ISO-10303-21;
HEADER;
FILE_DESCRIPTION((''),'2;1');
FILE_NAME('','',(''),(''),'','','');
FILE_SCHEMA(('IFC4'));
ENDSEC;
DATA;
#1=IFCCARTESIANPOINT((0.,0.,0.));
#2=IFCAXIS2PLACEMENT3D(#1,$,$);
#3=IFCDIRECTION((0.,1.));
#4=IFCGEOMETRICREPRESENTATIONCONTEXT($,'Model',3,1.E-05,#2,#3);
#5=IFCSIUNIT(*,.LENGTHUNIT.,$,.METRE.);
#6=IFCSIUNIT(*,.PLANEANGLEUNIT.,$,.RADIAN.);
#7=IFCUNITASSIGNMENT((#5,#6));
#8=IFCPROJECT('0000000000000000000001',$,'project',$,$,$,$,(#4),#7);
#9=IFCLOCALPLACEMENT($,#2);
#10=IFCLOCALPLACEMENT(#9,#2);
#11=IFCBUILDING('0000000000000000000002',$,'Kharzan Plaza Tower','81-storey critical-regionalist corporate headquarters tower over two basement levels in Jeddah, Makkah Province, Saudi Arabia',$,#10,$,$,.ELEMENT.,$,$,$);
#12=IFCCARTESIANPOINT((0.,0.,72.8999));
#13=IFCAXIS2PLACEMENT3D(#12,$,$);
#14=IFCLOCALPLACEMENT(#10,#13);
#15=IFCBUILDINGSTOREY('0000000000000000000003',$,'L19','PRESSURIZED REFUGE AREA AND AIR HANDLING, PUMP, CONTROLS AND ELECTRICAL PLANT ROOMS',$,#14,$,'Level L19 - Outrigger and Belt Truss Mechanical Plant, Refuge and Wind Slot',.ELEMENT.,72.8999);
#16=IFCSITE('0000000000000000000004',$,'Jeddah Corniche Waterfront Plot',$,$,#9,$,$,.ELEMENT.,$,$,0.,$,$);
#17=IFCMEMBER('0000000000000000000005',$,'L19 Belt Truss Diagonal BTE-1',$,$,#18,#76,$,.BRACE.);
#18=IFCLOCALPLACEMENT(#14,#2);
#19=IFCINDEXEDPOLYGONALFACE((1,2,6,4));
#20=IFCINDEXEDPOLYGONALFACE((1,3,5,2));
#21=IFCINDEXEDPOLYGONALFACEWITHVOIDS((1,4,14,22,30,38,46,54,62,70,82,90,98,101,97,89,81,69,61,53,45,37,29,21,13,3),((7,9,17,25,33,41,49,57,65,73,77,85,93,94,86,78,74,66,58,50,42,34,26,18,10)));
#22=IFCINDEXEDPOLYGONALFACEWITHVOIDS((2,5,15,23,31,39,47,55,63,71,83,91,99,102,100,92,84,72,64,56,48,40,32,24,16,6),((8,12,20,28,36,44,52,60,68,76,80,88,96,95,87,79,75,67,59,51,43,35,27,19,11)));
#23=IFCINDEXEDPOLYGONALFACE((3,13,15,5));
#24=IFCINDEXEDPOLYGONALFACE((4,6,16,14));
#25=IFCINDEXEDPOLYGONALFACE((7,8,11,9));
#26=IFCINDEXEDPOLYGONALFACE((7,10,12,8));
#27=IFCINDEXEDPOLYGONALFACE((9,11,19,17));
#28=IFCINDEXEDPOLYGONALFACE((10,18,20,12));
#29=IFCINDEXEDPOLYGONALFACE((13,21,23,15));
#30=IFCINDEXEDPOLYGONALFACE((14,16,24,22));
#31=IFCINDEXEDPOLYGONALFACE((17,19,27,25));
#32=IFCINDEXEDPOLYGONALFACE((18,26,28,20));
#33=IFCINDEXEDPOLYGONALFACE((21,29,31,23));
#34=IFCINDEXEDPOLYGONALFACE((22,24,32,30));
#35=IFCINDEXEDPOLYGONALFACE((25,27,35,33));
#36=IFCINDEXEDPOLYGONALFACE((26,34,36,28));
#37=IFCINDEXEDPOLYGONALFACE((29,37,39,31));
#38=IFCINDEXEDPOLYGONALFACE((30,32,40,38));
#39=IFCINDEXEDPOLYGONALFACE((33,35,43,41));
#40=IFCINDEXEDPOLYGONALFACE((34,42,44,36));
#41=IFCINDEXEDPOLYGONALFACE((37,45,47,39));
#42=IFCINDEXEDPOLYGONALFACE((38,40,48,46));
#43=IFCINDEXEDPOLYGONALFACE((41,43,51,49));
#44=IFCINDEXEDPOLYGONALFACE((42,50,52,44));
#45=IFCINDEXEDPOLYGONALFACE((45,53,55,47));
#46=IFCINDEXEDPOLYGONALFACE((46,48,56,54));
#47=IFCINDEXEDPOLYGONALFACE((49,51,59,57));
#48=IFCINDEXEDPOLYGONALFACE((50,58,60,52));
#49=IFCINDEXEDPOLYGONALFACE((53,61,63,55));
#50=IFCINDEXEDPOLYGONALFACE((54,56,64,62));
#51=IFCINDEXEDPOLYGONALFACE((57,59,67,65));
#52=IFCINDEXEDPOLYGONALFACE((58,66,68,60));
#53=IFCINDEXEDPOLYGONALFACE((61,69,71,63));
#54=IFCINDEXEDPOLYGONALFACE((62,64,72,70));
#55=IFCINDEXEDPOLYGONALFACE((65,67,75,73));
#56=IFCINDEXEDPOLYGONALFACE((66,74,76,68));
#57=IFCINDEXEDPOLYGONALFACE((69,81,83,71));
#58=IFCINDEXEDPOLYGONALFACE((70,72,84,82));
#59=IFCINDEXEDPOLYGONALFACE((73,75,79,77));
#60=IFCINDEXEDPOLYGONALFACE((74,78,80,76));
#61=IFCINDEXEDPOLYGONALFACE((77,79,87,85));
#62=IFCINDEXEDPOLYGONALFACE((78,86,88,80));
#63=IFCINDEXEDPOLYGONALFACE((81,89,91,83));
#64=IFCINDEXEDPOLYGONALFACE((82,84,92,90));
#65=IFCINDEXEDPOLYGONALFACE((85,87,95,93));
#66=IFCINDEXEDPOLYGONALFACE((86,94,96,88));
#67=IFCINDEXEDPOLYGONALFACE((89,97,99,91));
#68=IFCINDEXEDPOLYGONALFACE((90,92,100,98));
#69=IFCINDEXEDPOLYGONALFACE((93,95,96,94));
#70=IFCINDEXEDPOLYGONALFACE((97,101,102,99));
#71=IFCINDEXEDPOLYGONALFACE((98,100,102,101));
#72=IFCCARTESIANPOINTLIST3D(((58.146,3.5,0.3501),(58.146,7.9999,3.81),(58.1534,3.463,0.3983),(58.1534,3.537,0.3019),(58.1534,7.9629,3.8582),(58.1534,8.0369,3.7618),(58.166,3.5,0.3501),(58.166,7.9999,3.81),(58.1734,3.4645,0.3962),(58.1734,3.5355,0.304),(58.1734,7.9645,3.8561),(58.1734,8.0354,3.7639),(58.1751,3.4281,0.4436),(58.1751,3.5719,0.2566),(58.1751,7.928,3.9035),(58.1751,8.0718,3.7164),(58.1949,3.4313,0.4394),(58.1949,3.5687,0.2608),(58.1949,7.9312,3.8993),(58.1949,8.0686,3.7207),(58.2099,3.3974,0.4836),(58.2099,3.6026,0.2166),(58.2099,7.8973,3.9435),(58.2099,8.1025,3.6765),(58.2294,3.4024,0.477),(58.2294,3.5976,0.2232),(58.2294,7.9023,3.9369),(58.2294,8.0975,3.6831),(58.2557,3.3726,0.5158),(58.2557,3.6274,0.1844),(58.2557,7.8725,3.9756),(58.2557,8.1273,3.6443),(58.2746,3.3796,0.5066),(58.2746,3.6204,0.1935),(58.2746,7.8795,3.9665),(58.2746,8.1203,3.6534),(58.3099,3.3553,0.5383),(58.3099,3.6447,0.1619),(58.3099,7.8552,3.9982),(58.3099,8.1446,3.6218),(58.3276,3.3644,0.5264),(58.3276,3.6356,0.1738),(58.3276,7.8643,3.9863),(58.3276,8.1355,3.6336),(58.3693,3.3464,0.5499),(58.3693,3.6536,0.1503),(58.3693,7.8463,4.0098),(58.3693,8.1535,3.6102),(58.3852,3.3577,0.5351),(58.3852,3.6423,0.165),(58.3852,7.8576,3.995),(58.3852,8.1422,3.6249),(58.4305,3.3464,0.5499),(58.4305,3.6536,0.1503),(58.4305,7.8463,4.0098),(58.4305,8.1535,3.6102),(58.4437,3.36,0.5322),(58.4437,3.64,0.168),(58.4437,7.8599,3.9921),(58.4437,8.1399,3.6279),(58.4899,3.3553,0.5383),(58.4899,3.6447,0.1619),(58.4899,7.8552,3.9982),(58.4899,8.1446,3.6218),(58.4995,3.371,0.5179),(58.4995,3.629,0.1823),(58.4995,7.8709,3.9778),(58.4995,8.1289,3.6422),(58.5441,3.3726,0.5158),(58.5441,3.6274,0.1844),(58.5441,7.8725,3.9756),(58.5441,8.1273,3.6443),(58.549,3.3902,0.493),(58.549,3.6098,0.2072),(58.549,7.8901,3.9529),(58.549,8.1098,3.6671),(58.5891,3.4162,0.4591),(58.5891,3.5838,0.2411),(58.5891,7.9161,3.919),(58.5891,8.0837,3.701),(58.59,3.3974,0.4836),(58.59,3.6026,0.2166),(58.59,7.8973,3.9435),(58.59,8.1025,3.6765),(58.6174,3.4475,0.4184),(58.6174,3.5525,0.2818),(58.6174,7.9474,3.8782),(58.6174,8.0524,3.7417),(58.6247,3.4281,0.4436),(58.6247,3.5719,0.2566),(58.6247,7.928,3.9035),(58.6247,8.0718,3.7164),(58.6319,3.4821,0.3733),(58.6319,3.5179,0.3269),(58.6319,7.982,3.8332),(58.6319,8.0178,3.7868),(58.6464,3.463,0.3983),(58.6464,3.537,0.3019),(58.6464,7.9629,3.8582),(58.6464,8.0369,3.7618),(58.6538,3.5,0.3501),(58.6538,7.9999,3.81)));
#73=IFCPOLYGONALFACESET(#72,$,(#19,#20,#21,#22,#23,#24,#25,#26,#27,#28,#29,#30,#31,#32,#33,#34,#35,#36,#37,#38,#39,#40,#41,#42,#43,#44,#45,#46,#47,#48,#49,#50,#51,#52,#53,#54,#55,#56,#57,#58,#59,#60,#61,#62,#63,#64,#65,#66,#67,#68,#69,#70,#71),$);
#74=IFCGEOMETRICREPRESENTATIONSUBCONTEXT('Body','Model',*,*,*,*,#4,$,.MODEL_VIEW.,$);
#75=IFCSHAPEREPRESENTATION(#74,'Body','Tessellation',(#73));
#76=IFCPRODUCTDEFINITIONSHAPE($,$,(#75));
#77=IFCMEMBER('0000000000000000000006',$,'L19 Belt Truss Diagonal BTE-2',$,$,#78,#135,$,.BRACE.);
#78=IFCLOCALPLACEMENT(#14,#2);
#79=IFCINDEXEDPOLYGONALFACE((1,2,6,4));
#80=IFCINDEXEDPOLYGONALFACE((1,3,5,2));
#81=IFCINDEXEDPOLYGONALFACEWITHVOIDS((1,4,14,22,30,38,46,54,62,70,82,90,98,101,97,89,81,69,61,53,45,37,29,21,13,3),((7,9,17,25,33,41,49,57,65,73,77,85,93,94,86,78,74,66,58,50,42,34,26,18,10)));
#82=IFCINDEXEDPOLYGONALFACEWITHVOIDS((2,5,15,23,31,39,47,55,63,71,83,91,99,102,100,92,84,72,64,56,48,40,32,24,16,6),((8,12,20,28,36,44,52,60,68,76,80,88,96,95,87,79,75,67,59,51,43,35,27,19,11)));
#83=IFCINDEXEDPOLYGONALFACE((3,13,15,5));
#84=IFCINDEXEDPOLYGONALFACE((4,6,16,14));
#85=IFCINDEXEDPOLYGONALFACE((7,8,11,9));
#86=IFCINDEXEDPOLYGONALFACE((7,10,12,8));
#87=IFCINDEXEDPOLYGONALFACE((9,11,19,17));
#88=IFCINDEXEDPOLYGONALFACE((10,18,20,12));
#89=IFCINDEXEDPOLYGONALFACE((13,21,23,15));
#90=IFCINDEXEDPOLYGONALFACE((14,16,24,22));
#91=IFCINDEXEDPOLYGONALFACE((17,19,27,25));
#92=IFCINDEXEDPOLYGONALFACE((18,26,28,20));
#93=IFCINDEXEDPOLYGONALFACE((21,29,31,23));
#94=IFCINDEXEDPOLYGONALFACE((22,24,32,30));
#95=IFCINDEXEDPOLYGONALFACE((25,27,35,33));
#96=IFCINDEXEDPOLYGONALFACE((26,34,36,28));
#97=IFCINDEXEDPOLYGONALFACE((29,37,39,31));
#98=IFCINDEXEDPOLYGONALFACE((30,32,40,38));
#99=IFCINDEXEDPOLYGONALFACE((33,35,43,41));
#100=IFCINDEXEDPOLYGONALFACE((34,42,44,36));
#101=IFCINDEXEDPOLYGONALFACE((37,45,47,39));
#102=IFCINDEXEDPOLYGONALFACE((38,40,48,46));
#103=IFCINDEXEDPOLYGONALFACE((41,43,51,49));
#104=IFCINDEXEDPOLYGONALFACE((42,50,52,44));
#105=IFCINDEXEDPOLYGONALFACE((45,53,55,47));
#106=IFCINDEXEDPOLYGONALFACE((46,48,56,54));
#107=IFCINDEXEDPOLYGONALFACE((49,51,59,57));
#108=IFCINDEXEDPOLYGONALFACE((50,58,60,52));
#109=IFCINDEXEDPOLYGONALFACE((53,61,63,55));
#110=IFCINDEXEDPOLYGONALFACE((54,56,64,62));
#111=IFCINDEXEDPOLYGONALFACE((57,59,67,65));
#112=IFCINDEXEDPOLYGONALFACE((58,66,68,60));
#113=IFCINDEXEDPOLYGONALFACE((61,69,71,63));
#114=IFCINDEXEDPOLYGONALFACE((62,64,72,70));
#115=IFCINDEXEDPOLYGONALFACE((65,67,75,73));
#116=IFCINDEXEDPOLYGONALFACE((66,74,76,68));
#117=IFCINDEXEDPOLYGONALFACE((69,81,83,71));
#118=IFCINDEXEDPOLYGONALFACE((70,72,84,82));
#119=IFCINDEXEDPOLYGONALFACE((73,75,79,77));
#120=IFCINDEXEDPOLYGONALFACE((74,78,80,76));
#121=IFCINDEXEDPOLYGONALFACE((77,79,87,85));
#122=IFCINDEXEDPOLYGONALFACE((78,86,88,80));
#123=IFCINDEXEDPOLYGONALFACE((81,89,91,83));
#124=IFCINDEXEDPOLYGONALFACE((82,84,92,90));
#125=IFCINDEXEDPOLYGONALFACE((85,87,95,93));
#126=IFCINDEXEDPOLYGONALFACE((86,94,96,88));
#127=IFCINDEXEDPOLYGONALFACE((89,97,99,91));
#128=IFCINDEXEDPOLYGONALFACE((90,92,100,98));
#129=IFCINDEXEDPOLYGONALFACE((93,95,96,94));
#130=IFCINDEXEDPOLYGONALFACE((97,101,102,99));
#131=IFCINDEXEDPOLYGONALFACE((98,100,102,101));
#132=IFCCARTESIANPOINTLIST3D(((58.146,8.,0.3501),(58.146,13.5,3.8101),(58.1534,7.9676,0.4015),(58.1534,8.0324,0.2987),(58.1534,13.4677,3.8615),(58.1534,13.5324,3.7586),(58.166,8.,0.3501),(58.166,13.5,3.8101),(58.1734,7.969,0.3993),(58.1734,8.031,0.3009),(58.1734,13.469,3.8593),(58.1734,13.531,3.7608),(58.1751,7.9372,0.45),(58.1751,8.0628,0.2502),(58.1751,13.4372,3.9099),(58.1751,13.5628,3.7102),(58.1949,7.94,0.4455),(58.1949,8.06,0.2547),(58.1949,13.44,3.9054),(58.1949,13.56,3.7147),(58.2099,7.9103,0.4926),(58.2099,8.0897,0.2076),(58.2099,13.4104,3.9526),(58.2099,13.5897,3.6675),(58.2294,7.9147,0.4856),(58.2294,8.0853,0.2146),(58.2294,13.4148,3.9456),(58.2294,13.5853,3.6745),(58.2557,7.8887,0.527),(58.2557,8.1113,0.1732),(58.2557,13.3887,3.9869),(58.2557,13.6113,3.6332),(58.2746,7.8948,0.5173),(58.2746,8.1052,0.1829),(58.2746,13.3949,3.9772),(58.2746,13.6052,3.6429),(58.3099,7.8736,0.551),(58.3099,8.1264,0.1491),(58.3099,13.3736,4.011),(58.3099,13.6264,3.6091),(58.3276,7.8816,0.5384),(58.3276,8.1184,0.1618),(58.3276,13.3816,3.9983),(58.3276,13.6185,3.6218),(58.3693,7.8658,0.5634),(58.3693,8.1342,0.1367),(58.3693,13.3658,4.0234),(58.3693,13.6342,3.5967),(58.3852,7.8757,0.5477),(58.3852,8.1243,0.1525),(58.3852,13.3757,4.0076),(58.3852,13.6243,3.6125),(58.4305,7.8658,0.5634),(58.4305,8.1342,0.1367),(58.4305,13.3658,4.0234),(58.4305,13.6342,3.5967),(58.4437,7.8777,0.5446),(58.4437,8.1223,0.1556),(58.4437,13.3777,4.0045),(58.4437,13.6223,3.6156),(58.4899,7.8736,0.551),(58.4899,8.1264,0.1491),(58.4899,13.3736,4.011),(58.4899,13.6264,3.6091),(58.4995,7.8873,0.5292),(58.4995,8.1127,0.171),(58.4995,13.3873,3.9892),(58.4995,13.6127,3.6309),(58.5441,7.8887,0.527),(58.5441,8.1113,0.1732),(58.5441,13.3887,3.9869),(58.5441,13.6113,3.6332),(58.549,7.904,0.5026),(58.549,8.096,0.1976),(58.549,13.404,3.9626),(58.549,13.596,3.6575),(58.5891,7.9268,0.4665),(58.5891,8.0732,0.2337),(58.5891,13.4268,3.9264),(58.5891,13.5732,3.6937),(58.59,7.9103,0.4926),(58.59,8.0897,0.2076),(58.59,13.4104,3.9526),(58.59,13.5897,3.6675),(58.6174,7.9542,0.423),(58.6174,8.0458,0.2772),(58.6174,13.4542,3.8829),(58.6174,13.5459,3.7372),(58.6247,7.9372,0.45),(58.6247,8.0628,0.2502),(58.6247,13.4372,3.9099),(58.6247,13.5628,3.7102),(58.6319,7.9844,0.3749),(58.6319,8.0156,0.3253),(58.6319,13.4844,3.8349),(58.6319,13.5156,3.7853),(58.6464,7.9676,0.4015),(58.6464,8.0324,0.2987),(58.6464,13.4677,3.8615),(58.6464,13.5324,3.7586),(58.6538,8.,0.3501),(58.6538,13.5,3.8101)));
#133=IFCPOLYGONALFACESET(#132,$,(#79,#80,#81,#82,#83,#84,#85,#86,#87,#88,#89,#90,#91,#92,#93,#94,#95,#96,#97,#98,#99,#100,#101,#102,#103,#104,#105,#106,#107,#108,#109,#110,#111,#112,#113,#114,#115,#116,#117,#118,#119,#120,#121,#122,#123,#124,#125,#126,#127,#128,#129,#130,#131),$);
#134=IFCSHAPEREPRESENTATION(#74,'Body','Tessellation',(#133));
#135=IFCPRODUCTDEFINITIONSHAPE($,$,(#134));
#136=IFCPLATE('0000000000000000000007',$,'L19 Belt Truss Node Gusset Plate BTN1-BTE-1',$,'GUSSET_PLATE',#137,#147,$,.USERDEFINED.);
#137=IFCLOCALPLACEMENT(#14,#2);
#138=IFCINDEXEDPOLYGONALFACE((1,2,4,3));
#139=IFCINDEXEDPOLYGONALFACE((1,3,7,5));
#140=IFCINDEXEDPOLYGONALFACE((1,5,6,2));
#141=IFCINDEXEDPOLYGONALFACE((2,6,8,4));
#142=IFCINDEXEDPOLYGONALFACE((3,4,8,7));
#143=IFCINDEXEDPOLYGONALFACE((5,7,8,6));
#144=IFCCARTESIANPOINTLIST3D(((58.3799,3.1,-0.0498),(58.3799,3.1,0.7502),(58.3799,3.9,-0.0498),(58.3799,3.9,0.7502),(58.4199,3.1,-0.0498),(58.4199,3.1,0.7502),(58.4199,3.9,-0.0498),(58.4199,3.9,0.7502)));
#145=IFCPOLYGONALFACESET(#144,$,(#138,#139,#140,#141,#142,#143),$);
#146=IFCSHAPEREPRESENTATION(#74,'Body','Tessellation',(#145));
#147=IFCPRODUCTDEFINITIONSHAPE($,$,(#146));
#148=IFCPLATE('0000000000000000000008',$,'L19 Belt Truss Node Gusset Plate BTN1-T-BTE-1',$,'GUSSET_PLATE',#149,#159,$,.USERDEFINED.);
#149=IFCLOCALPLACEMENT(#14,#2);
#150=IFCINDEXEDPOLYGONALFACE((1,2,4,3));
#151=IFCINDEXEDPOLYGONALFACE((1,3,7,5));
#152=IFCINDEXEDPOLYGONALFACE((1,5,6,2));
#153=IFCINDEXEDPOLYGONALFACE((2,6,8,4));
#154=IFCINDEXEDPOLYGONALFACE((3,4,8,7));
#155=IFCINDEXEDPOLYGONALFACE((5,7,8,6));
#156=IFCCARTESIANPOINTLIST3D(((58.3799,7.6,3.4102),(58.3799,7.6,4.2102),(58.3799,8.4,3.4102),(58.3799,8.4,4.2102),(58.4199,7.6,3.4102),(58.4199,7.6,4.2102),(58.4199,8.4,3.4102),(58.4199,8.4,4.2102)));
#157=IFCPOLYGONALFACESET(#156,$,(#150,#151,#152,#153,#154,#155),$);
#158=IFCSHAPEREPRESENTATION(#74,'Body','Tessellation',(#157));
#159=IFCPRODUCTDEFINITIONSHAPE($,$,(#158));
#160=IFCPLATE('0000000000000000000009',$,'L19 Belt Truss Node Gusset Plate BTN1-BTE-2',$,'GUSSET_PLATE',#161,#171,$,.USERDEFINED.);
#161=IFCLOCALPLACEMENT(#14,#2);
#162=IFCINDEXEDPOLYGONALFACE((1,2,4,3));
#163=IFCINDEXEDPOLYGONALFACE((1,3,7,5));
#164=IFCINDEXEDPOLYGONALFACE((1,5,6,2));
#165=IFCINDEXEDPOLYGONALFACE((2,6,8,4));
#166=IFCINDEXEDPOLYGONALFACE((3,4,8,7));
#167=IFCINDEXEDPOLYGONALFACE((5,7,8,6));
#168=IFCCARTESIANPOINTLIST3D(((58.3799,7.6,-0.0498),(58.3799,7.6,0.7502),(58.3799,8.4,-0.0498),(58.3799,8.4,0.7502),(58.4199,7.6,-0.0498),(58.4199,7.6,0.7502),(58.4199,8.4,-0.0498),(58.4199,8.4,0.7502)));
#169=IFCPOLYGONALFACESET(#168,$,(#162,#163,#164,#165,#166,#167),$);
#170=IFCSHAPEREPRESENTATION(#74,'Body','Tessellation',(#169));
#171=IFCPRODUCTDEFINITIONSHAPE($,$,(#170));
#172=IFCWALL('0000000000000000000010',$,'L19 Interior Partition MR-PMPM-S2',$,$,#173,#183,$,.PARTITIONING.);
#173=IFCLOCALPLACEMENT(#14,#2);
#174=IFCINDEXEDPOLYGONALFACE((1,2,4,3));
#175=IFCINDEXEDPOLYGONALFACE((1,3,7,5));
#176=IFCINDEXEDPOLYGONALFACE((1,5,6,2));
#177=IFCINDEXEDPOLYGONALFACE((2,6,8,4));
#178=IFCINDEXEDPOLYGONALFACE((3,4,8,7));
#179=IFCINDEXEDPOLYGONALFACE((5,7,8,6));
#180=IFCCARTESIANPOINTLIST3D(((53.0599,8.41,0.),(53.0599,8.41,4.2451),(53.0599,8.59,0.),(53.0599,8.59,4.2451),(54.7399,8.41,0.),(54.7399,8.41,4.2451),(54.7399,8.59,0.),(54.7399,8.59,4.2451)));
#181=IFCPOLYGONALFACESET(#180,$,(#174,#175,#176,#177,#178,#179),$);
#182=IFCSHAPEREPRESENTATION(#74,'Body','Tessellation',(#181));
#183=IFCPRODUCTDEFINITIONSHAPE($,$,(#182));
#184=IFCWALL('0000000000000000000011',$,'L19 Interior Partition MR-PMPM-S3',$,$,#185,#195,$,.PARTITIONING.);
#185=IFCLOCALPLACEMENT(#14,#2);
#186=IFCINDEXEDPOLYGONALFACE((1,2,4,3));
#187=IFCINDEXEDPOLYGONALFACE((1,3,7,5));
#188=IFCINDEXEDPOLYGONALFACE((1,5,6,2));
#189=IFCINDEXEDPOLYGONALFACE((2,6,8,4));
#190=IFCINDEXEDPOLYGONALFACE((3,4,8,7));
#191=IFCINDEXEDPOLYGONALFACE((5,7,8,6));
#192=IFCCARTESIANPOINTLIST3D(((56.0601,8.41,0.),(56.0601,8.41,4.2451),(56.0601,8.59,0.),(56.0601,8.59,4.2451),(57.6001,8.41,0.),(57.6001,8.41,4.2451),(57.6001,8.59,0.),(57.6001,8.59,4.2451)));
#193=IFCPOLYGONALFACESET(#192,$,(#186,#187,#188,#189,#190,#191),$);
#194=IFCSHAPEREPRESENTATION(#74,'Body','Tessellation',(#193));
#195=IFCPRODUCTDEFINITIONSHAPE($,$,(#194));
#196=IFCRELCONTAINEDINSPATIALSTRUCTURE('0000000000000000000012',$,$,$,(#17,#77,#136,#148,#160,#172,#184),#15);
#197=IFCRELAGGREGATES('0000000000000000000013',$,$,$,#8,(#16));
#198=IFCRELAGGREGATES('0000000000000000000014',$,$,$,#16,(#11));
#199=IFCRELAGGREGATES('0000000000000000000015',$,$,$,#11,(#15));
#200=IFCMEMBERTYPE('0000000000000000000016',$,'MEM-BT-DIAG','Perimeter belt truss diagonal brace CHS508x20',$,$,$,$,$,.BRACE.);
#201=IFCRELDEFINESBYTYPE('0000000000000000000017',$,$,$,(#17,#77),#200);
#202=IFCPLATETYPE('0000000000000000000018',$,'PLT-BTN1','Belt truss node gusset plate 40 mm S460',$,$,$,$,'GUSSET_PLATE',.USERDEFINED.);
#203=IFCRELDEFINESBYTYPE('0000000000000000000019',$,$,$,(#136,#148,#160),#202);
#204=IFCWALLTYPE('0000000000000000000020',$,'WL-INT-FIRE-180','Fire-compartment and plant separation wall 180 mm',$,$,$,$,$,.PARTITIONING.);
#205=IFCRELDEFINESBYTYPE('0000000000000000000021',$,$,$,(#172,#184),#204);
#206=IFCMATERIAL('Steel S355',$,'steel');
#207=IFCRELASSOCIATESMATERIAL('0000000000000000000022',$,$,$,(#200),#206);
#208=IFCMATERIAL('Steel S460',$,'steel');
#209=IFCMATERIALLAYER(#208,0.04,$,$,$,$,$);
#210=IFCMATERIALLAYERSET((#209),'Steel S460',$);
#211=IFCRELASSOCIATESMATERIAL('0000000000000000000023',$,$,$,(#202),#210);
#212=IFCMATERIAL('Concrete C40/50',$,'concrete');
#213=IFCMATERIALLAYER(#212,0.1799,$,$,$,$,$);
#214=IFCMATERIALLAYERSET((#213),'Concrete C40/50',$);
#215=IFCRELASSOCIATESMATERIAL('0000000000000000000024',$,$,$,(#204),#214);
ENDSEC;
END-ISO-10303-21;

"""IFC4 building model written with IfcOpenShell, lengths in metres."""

from ifc_helpers import new_model, si_unit, direction, frame, frame_2d, origin, origin_2d, place, context, subcontext, project, spatial, rectangle, hollow_circle, extrude, source, transform, mapped, material, layer, layer_set, material_profile, profile_set, type_object, element, save


model = new_model("IFC4")

# Units and contexts
model_context = context("Model", 3, precision=1e-05, world=origin(), true_north=direction((0.0, 1.0)))
body_context = subcontext(model_context, "Body", "Model", "MODEL_VIEW")
ifc_project = project(units=[si_unit("LENGTHUNIT", "METRE"), si_unit("PLANEANGLEUNIT", "RADIAN")], contexts=[model_context])

# Site, building, storey
site_placement = place(None, origin())
site = spatial("IfcSite", under=ifc_project, at=site_placement, Name="Jeddah Corniche Waterfront Plot", CompositionType="ELEMENT", RefElevation=0.0)
building_placement = place(site_placement, origin())
building = spatial("IfcBuilding", under=site, at=building_placement, Name="Kharzan Plaza Tower", Description="81-storey critical-regionalist corporate headquarters tower over two basement levels in Jeddah, Makkah Province, Saudi Arabia", CompositionType="ELEMENT")
storey_placement = place(building_placement, frame((0.0, 0.0, 72.8999)))
storey = spatial("IfcBuildingStorey", under=building, at=storey_placement, Name="L19", Description="PRESSURIZED REFUGE AREA AND AIR HANDLING, PUMP, CONTROLS AND ELECTRICAL PLANT ROOMS", LongName="Level L19 - Outrigger and Belt Truss Mechanical Plant, Refuge and Wind Slot", CompositionType="ELEMENT", Elevation=72.8999)

# Shared definitions
ifc_material_1 = material(Name="Steel S355", Category="steel")

# Members
ifc_material_profile_1 = material_profile(ifc_material_1, hollow_circle(Radius=0.2539, WallThickness=0.02, at=origin_2d()), Name="CHS508x20")
ifc_profile_set_1 = profile_set([ifc_material_profile_1], Name="Steel S355")
member_type_1 = type_object("IfcMemberType", Name="MEM-BT-DIAG", Description="Perimeter belt truss diagonal brace CHS508x20", PredefinedType="BRACE", material=ifc_profile_set_1)
shared_shape_1 = source(origin(), body_context, "Body", "SweptSolid", [
    extrude(hollow_circle(Radius=0.2539, WallThickness=0.02, at=origin_2d()), origin(), (0.0, 0.0, 1.0), 5.6763),
])
member_1_placement = place(storey_placement, frame((58.3999, 3.5, 0.3501), z_axis=(0.0, 0.792758, 0.609536), x_axis=(-1.0, 0.0, 0.0)))
element("IfcMember", 1, at=member_1_placement, inside=storey, type_object=member_type_1, Name="L19 Belt Truss Diagonal BTE-1", PredefinedType="BRACE", context=body_context, shape_type="MappedRepresentation", body=[
    mapped(shared_shape_1, transform((0.0, 0.0, 0.0), x_axis=(1.0, 0.0, 0.0), y_axis=(0.0, 1.0, 0.0), z_axis=(0.0, 0.0, 1.0))),
])
shared_shape_2 = source(origin(), body_context, "Body", "SweptSolid", [
    extrude(hollow_circle(Radius=0.2539, WallThickness=0.02, at=origin_2d()), origin(), (0.0, 0.0, 1.0), 6.4978),
])
member_2_placement = place(storey_placement, frame((58.3999, 8.0, 0.3501), z_axis=(0.0, 0.846441, 0.532482), x_axis=(-1.0, 0.0, 0.0)))
element("IfcMember", 2, at=member_2_placement, inside=storey, type_object=member_type_1, Name="L19 Belt Truss Diagonal BTE-2", PredefinedType="BRACE", context=body_context, shape_type="MappedRepresentation", body=[
    mapped(shared_shape_2, transform((0.0, 0.0, 0.0), x_axis=(1.0, 0.0, 0.0), y_axis=(0.0, 1.0, 0.0), z_axis=(0.0, 0.0, 1.0))),
])

# Plates
ifc_material_2 = material(Name="Steel S460", Category="steel")
ifc_layer_1 = layer(ifc_material_2, 0.04)
ifc_layer_set_1 = layer_set([ifc_layer_1], Name="Steel S460")
plate_type = type_object("IfcPlateType", Name="PLT-BTN1", Description="Belt truss node gusset plate 40 mm S460", ElementType="GUSSET_PLATE", PredefinedType="USERDEFINED", material=ifc_layer_set_1)
shared_shape_3 = source(origin(), body_context, "Body", "SweptSolid", [
    extrude(rectangle(XDim=0.8, YDim=0.04, at=origin_2d()), origin(), (0.0, 0.0, 1.0), 0.8),
])
for number, where, z_axis, x_axis, name in (
    (3, (58.3999, 3.5, -0.0498), (0.0, 0.0, 1.0), (0.0, 1.0, 0.0), "L19 Belt Truss Node Gusset Plate BTN1-BTE-1"),
    (4, (58.3999, 8.0, 3.4102), (0.0, 0.0, 1.0), (0.0, 1.0, 0.0), "L19 Belt Truss Node Gusset Plate BTN1-T-BTE-1"),
    (5, (58.3999, 8.0, -0.0498), (0.0, 0.0, 1.0), (0.0, 1.0, 0.0), "L19 Belt Truss Node Gusset Plate BTN1-BTE-2"),
):
    element("IfcPlate", number, at=place(storey_placement, frame(where, z_axis=z_axis, x_axis=x_axis)), inside=storey, type_object=plate_type, Name=name, ObjectType="GUSSET_PLATE", PredefinedType="USERDEFINED", context=body_context, shape_type="MappedRepresentation", body=[
        mapped(shared_shape_3, transform((0.0, 0.0, 0.0), x_axis=(1.0, 0.0, 0.0), y_axis=(0.0, 1.0, 0.0), z_axis=(0.0, 0.0, 1.0))),
    ])

# Walls
ifc_material_3 = material(Name="Concrete C40/50", Category="concrete")
ifc_layer_2 = layer(ifc_material_3, 0.1799)
ifc_layer_set_2 = layer_set([ifc_layer_2], Name="Concrete C40/50")
wall_type = type_object("IfcWallType", Name="WL-INT-FIRE-180", Description="Fire-compartment and plant separation wall 180 mm", PredefinedType="PARTITIONING", material=ifc_layer_set_2)
shared_shape_4 = source(origin(), body_context, "Body", "SweptSolid", [
    extrude(rectangle(XDim=1.6799, YDim=0.1799, at=frame_2d((0.8398, 0.0))), origin(), (0.0, 0.0, 1.0), 4.2451),
])
wall_1_placement = place(storey_placement, frame((53.0601, 8.5, 0.0), z_axis=(0.0, 0.0, 1.0), x_axis=(1.0, 0.0, 0.0)))
element("IfcWall", 6, at=wall_1_placement, inside=storey, type_object=wall_type, Name="L19 Interior Partition MR-PMPM-S2", PredefinedType="PARTITIONING", context=body_context, shape_type="MappedRepresentation", body=[
    mapped(shared_shape_4, transform((0.0, 0.0, 0.0), x_axis=(1.0, 0.0, 0.0), y_axis=(0.0, 1.0, 0.0), z_axis=(0.0, 0.0, 1.0))),
])
shared_shape_5 = source(origin(), body_context, "Body", "SweptSolid", [
    extrude(rectangle(XDim=1.54, YDim=0.1799, at=frame_2d((0.77, 0.0))), origin(), (0.0, 0.0, 1.0), 4.2451),
])
wall_2_placement = place(storey_placement, frame((56.0601, 8.5, 0.0), z_axis=(0.0, 0.0, 1.0), x_axis=(1.0, 0.0, 0.0)))
element("IfcWall", 7, at=wall_2_placement, inside=storey, type_object=wall_type, Name="L19 Interior Partition MR-PMPM-S3", PredefinedType="PARTITIONING", context=body_context, shape_type="MappedRepresentation", body=[
    mapped(shared_shape_5, transform((0.0, 0.0, 0.0), x_axis=(1.0, 0.0, 0.0), y_axis=(0.0, 1.0, 0.0), z_axis=(0.0, 0.0, 1.0))),
])

save(model, "model.ifc")
